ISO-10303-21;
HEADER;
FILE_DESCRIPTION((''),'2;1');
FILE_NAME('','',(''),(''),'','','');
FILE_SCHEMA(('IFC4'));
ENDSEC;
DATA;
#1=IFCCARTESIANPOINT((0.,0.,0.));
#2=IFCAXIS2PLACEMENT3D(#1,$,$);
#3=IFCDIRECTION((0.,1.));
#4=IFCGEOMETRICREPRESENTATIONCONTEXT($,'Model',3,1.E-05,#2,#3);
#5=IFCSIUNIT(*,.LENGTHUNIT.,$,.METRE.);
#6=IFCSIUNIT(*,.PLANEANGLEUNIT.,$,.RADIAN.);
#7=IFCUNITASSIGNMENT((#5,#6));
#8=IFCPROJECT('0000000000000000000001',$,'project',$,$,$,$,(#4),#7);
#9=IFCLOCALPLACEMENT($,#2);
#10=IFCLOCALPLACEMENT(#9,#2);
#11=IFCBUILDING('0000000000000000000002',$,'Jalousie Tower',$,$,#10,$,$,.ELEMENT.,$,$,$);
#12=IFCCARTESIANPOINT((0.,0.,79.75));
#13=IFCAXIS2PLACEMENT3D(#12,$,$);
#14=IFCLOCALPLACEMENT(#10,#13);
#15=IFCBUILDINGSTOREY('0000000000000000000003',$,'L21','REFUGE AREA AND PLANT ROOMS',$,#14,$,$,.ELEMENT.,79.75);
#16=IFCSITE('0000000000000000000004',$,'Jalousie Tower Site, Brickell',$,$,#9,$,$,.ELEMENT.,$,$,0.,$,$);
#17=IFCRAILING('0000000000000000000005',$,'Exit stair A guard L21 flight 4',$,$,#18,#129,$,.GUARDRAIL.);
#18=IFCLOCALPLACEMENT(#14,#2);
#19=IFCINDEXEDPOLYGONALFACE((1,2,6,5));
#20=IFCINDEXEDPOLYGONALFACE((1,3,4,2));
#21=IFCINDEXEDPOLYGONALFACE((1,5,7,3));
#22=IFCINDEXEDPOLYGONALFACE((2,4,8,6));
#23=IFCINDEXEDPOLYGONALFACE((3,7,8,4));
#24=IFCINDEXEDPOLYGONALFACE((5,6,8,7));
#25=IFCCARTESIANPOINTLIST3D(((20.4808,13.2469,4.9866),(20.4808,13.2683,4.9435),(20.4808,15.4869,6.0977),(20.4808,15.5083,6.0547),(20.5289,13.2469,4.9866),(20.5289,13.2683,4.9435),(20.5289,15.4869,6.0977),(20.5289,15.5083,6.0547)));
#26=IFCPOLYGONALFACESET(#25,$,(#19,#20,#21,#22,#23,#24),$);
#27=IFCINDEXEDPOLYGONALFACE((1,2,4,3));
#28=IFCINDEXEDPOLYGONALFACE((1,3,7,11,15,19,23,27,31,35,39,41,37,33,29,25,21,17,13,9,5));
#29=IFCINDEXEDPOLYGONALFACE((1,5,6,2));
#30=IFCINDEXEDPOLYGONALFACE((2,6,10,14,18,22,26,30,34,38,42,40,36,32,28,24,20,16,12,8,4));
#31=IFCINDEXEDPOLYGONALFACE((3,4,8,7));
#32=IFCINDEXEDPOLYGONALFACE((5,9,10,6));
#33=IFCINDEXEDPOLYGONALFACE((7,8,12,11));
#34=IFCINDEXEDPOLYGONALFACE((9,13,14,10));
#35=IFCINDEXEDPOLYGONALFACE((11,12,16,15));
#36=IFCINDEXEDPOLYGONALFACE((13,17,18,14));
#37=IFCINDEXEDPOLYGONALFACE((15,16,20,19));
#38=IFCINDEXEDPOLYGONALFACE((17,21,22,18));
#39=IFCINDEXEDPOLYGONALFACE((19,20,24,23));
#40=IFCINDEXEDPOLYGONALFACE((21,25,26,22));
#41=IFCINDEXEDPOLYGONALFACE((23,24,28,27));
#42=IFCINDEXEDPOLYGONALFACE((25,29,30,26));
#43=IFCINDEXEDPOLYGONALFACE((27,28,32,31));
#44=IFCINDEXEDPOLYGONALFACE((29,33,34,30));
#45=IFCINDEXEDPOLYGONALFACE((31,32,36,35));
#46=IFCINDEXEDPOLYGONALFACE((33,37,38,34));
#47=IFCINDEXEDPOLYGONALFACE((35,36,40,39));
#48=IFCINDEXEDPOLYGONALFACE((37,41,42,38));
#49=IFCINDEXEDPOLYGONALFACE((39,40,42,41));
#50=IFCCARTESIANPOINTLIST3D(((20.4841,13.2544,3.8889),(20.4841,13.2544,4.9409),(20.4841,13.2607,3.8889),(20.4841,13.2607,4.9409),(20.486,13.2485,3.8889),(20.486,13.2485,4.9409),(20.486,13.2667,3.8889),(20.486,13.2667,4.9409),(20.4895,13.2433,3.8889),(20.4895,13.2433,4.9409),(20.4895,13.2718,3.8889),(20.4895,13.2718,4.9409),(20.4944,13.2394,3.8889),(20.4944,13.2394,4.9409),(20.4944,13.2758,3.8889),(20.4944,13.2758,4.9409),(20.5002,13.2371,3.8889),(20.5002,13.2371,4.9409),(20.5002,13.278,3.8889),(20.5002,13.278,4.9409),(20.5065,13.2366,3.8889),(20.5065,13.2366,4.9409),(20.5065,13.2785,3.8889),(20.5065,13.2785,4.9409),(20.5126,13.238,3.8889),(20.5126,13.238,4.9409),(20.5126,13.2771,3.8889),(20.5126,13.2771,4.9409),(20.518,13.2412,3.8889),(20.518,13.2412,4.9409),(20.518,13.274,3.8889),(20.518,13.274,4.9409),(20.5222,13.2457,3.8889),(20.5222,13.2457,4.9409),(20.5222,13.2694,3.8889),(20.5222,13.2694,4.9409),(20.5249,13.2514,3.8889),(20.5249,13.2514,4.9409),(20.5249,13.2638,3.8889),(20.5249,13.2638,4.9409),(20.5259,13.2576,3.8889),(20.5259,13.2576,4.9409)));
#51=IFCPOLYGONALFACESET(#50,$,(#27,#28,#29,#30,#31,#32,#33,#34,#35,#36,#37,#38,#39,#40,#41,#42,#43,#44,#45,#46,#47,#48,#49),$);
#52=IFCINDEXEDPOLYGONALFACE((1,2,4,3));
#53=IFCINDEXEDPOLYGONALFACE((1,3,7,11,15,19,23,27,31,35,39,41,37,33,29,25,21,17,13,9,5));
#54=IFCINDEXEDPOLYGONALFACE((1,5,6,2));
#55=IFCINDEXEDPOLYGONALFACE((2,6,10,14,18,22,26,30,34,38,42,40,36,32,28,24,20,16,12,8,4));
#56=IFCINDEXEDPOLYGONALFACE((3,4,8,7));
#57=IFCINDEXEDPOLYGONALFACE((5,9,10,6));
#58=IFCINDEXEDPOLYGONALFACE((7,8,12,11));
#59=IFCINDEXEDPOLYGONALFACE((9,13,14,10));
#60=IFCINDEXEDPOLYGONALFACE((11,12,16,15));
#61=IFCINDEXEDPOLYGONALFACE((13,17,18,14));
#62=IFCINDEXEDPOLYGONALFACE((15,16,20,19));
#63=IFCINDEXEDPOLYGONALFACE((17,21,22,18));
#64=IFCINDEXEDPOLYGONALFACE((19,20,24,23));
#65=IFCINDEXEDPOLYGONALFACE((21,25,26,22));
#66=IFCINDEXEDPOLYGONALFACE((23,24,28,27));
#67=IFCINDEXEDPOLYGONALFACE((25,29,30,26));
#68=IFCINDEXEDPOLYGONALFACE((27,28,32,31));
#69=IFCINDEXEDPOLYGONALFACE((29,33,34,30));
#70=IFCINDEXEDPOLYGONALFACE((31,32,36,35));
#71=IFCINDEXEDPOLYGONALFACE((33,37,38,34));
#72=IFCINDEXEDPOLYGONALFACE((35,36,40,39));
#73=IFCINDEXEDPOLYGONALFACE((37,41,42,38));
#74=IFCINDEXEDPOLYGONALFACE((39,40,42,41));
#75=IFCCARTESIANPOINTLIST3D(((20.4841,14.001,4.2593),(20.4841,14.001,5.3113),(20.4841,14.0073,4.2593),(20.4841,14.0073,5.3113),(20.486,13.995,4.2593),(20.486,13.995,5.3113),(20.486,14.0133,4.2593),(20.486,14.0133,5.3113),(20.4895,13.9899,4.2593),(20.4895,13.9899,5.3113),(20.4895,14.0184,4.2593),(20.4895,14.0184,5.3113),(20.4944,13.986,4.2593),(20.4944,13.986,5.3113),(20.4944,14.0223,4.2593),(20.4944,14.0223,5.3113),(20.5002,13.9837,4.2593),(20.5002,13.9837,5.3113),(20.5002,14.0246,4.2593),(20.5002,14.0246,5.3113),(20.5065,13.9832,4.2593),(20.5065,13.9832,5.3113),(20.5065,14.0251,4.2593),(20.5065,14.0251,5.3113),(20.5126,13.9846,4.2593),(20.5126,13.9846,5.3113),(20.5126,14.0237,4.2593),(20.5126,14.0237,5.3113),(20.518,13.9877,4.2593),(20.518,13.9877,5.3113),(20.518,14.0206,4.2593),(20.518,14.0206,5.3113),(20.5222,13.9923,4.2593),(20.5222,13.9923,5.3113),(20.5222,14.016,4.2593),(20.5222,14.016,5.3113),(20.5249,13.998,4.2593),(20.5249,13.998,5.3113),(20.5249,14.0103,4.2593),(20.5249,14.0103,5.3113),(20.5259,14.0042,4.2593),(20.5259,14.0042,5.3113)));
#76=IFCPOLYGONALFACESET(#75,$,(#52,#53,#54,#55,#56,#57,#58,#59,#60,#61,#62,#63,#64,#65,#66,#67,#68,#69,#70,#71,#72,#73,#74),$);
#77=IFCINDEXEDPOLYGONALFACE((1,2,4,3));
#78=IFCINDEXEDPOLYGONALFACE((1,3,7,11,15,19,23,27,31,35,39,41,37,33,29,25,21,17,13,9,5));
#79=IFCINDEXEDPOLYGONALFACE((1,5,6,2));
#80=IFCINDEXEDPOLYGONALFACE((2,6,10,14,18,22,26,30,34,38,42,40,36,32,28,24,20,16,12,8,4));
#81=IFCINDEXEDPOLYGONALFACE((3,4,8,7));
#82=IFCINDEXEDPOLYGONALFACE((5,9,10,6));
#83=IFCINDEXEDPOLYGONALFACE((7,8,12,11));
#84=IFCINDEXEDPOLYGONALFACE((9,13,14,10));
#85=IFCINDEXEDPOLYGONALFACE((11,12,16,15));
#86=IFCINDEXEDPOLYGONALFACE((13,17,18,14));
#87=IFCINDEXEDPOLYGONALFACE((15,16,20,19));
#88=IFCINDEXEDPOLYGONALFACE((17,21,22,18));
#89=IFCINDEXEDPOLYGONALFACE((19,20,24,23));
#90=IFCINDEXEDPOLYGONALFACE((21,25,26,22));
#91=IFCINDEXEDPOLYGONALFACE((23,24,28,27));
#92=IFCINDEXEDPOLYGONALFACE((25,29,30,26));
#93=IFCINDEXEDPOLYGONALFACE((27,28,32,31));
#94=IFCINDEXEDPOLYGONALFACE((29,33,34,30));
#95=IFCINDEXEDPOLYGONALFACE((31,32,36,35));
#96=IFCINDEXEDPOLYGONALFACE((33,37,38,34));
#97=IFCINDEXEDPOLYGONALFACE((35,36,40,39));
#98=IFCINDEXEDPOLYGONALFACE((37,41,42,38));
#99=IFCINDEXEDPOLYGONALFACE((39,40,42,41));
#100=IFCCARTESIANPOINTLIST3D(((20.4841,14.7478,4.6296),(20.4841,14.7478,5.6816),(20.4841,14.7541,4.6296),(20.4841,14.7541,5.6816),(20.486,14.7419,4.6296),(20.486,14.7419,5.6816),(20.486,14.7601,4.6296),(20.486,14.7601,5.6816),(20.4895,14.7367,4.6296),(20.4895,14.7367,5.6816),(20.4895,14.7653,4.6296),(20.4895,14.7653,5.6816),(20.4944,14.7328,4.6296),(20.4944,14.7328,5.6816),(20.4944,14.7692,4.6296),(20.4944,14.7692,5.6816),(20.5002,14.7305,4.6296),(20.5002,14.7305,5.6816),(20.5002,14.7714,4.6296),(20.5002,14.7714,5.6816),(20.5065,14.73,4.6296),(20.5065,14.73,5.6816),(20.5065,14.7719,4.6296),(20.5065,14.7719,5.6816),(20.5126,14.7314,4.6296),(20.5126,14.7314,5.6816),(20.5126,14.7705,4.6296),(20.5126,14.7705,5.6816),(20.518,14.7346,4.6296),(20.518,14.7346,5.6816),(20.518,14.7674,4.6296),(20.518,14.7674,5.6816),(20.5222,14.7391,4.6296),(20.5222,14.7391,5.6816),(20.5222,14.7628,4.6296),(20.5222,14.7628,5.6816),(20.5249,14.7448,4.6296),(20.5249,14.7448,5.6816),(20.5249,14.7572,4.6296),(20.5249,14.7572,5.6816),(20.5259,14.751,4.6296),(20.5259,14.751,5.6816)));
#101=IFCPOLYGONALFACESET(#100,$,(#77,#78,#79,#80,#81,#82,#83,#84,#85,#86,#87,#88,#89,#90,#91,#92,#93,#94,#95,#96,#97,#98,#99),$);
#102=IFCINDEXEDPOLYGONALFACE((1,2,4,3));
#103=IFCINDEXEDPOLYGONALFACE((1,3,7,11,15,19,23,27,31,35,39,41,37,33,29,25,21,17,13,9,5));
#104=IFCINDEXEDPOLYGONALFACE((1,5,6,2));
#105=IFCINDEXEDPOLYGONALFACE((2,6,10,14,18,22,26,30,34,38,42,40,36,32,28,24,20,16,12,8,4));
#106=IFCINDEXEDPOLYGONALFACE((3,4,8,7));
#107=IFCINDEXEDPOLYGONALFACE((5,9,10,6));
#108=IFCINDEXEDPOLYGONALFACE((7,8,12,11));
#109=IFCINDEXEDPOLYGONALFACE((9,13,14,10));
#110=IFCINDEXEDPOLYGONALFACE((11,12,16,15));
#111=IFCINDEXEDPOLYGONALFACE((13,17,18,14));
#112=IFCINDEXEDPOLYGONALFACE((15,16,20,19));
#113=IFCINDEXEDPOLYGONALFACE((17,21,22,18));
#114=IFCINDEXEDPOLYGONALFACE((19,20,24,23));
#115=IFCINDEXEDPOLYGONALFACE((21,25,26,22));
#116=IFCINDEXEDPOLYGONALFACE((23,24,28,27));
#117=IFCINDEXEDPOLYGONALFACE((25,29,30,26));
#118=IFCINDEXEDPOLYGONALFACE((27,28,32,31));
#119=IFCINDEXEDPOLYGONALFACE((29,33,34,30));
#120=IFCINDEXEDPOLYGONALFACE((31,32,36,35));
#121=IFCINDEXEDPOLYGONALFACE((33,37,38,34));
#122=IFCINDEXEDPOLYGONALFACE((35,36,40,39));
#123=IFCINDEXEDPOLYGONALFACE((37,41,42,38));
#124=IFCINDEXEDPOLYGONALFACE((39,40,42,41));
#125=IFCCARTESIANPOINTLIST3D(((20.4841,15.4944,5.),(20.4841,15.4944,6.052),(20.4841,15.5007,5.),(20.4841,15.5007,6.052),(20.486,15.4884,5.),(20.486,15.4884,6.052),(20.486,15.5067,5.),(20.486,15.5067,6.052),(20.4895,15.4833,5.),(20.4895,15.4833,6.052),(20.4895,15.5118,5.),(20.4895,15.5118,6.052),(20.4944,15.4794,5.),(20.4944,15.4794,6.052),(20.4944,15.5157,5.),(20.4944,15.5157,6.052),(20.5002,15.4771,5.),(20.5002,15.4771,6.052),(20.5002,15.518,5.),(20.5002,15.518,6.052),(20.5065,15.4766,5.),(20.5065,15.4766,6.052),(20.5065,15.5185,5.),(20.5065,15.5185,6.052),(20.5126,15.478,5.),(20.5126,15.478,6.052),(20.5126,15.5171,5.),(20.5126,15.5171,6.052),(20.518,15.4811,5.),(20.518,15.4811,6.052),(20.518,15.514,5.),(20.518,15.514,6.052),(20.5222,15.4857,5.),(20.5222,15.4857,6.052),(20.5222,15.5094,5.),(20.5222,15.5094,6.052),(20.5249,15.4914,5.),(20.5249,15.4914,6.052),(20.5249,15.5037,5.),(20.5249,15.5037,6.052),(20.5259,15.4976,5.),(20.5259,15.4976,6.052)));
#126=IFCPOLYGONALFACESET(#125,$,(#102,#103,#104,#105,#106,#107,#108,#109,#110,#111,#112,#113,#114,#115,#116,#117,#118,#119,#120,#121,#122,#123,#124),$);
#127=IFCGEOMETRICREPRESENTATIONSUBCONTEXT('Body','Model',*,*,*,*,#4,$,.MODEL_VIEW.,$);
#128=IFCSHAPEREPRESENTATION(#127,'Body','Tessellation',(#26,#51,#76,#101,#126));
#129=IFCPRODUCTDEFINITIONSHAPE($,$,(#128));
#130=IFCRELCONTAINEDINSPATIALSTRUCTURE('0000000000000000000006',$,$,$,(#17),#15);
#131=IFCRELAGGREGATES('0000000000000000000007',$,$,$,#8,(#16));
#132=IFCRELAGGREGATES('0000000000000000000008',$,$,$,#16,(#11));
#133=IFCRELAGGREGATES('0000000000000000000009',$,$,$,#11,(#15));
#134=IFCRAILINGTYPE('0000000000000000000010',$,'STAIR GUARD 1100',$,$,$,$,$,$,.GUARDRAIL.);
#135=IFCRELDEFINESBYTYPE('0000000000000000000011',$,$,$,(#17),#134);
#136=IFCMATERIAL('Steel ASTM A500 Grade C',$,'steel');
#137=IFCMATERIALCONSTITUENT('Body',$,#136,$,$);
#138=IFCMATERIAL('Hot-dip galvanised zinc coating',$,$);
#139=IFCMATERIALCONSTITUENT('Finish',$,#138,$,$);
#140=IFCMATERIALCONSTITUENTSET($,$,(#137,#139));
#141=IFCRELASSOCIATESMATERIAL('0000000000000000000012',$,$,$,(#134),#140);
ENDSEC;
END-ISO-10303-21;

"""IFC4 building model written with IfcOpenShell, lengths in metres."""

from ifc_helpers import new_model, si_unit, direction, frame, origin, origin_2d, place, context, subcontext, project, spatial, rectangle, circle, extrude, material, constituent, constituent_set, type_object, element, save


model = new_model("IFC4")

# Units and contexts
model_context = context("Model", 3, precision=1e-05, world=origin(), true_north=direction((0.0, 1.0)))
body_context = subcontext(model_context, "Body", "Model", "MODEL_VIEW")
ifc_project = project(units=[si_unit("LENGTHUNIT", "METRE"), si_unit("PLANEANGLEUNIT", "RADIAN")], contexts=[model_context])

# Site, building, storey
site_placement = place(None, origin())
site = spatial("IfcSite", under=ifc_project, at=site_placement, Name="Jalousie Tower Site, Brickell", CompositionType="ELEMENT", RefElevation=0.0)
building_placement = place(site_placement, origin())
building = spatial("IfcBuilding", under=site, at=building_placement, Name="Jalousie Tower", CompositionType="ELEMENT")
storey_placement = place(building_placement, frame((0.0, 0.0, 79.75)))
storey = spatial("IfcBuildingStorey", under=building, at=storey_placement, Name="L21", Description="REFUGE AREA AND PLANT ROOMS", CompositionType="ELEMENT", Elevation=79.75)

# Railing
ifc_material_1 = material(Name="Steel ASTM A500 Grade C", Category="steel")
ifc_constituent_1 = constituent(ifc_material_1, Name="Body")
ifc_material_2 = material(Name="Hot-dip galvanised zinc coating")
ifc_constituent_2 = constituent(ifc_material_2, Name="Finish")
ifc_constituent_set = constituent_set(constituents=[ifc_constituent_1, ifc_constituent_2])
railing_type = type_object("IfcRailingType", Name="STAIR GUARD 1100", PredefinedType="GUARDRAIL", material=ifc_constituent_set)
railing_placement = place(storey_placement, frame((20.5049, 13.2576, 3.8889)))
element("IfcRailing", 1, at=railing_placement, inside=storey, type_object=railing_type, Name="Exit stair A guard L21 flight 4", PredefinedType="GUARDRAIL", context=body_context, shape_type="SweptSolid", body=[
    extrude(rectangle(XDim=0.0481, YDim=0.0481, at=origin_2d()), frame((0.0, 0.0, 1.0762), z_axis=(0.0, 0.895848, 0.44436), x_axis=(-1.0, 0.0, 0.0)), (0.0, 0.0, 1.0), 2.5005),
    extrude(circle(Radius=0.021, at=origin_2d()), origin(), (0.0, 0.0, 1.0), 1.052),
    extrude(circle(Radius=0.021, at=origin_2d()), frame((0.0, 0.7466, 0.3704)), (0.0, 0.0, 1.0), 1.052),
    extrude(circle(Radius=0.021, at=origin_2d()), frame((0.0, 1.4934, 0.7407)), (0.0, 0.0, 1.0), 1.052),
    extrude(circle(Radius=0.021, at=origin_2d()), frame((0.0, 2.24, 1.1111)), (0.0, 0.0, 1.0), 1.052),
])

save(model, "model.ifc")
